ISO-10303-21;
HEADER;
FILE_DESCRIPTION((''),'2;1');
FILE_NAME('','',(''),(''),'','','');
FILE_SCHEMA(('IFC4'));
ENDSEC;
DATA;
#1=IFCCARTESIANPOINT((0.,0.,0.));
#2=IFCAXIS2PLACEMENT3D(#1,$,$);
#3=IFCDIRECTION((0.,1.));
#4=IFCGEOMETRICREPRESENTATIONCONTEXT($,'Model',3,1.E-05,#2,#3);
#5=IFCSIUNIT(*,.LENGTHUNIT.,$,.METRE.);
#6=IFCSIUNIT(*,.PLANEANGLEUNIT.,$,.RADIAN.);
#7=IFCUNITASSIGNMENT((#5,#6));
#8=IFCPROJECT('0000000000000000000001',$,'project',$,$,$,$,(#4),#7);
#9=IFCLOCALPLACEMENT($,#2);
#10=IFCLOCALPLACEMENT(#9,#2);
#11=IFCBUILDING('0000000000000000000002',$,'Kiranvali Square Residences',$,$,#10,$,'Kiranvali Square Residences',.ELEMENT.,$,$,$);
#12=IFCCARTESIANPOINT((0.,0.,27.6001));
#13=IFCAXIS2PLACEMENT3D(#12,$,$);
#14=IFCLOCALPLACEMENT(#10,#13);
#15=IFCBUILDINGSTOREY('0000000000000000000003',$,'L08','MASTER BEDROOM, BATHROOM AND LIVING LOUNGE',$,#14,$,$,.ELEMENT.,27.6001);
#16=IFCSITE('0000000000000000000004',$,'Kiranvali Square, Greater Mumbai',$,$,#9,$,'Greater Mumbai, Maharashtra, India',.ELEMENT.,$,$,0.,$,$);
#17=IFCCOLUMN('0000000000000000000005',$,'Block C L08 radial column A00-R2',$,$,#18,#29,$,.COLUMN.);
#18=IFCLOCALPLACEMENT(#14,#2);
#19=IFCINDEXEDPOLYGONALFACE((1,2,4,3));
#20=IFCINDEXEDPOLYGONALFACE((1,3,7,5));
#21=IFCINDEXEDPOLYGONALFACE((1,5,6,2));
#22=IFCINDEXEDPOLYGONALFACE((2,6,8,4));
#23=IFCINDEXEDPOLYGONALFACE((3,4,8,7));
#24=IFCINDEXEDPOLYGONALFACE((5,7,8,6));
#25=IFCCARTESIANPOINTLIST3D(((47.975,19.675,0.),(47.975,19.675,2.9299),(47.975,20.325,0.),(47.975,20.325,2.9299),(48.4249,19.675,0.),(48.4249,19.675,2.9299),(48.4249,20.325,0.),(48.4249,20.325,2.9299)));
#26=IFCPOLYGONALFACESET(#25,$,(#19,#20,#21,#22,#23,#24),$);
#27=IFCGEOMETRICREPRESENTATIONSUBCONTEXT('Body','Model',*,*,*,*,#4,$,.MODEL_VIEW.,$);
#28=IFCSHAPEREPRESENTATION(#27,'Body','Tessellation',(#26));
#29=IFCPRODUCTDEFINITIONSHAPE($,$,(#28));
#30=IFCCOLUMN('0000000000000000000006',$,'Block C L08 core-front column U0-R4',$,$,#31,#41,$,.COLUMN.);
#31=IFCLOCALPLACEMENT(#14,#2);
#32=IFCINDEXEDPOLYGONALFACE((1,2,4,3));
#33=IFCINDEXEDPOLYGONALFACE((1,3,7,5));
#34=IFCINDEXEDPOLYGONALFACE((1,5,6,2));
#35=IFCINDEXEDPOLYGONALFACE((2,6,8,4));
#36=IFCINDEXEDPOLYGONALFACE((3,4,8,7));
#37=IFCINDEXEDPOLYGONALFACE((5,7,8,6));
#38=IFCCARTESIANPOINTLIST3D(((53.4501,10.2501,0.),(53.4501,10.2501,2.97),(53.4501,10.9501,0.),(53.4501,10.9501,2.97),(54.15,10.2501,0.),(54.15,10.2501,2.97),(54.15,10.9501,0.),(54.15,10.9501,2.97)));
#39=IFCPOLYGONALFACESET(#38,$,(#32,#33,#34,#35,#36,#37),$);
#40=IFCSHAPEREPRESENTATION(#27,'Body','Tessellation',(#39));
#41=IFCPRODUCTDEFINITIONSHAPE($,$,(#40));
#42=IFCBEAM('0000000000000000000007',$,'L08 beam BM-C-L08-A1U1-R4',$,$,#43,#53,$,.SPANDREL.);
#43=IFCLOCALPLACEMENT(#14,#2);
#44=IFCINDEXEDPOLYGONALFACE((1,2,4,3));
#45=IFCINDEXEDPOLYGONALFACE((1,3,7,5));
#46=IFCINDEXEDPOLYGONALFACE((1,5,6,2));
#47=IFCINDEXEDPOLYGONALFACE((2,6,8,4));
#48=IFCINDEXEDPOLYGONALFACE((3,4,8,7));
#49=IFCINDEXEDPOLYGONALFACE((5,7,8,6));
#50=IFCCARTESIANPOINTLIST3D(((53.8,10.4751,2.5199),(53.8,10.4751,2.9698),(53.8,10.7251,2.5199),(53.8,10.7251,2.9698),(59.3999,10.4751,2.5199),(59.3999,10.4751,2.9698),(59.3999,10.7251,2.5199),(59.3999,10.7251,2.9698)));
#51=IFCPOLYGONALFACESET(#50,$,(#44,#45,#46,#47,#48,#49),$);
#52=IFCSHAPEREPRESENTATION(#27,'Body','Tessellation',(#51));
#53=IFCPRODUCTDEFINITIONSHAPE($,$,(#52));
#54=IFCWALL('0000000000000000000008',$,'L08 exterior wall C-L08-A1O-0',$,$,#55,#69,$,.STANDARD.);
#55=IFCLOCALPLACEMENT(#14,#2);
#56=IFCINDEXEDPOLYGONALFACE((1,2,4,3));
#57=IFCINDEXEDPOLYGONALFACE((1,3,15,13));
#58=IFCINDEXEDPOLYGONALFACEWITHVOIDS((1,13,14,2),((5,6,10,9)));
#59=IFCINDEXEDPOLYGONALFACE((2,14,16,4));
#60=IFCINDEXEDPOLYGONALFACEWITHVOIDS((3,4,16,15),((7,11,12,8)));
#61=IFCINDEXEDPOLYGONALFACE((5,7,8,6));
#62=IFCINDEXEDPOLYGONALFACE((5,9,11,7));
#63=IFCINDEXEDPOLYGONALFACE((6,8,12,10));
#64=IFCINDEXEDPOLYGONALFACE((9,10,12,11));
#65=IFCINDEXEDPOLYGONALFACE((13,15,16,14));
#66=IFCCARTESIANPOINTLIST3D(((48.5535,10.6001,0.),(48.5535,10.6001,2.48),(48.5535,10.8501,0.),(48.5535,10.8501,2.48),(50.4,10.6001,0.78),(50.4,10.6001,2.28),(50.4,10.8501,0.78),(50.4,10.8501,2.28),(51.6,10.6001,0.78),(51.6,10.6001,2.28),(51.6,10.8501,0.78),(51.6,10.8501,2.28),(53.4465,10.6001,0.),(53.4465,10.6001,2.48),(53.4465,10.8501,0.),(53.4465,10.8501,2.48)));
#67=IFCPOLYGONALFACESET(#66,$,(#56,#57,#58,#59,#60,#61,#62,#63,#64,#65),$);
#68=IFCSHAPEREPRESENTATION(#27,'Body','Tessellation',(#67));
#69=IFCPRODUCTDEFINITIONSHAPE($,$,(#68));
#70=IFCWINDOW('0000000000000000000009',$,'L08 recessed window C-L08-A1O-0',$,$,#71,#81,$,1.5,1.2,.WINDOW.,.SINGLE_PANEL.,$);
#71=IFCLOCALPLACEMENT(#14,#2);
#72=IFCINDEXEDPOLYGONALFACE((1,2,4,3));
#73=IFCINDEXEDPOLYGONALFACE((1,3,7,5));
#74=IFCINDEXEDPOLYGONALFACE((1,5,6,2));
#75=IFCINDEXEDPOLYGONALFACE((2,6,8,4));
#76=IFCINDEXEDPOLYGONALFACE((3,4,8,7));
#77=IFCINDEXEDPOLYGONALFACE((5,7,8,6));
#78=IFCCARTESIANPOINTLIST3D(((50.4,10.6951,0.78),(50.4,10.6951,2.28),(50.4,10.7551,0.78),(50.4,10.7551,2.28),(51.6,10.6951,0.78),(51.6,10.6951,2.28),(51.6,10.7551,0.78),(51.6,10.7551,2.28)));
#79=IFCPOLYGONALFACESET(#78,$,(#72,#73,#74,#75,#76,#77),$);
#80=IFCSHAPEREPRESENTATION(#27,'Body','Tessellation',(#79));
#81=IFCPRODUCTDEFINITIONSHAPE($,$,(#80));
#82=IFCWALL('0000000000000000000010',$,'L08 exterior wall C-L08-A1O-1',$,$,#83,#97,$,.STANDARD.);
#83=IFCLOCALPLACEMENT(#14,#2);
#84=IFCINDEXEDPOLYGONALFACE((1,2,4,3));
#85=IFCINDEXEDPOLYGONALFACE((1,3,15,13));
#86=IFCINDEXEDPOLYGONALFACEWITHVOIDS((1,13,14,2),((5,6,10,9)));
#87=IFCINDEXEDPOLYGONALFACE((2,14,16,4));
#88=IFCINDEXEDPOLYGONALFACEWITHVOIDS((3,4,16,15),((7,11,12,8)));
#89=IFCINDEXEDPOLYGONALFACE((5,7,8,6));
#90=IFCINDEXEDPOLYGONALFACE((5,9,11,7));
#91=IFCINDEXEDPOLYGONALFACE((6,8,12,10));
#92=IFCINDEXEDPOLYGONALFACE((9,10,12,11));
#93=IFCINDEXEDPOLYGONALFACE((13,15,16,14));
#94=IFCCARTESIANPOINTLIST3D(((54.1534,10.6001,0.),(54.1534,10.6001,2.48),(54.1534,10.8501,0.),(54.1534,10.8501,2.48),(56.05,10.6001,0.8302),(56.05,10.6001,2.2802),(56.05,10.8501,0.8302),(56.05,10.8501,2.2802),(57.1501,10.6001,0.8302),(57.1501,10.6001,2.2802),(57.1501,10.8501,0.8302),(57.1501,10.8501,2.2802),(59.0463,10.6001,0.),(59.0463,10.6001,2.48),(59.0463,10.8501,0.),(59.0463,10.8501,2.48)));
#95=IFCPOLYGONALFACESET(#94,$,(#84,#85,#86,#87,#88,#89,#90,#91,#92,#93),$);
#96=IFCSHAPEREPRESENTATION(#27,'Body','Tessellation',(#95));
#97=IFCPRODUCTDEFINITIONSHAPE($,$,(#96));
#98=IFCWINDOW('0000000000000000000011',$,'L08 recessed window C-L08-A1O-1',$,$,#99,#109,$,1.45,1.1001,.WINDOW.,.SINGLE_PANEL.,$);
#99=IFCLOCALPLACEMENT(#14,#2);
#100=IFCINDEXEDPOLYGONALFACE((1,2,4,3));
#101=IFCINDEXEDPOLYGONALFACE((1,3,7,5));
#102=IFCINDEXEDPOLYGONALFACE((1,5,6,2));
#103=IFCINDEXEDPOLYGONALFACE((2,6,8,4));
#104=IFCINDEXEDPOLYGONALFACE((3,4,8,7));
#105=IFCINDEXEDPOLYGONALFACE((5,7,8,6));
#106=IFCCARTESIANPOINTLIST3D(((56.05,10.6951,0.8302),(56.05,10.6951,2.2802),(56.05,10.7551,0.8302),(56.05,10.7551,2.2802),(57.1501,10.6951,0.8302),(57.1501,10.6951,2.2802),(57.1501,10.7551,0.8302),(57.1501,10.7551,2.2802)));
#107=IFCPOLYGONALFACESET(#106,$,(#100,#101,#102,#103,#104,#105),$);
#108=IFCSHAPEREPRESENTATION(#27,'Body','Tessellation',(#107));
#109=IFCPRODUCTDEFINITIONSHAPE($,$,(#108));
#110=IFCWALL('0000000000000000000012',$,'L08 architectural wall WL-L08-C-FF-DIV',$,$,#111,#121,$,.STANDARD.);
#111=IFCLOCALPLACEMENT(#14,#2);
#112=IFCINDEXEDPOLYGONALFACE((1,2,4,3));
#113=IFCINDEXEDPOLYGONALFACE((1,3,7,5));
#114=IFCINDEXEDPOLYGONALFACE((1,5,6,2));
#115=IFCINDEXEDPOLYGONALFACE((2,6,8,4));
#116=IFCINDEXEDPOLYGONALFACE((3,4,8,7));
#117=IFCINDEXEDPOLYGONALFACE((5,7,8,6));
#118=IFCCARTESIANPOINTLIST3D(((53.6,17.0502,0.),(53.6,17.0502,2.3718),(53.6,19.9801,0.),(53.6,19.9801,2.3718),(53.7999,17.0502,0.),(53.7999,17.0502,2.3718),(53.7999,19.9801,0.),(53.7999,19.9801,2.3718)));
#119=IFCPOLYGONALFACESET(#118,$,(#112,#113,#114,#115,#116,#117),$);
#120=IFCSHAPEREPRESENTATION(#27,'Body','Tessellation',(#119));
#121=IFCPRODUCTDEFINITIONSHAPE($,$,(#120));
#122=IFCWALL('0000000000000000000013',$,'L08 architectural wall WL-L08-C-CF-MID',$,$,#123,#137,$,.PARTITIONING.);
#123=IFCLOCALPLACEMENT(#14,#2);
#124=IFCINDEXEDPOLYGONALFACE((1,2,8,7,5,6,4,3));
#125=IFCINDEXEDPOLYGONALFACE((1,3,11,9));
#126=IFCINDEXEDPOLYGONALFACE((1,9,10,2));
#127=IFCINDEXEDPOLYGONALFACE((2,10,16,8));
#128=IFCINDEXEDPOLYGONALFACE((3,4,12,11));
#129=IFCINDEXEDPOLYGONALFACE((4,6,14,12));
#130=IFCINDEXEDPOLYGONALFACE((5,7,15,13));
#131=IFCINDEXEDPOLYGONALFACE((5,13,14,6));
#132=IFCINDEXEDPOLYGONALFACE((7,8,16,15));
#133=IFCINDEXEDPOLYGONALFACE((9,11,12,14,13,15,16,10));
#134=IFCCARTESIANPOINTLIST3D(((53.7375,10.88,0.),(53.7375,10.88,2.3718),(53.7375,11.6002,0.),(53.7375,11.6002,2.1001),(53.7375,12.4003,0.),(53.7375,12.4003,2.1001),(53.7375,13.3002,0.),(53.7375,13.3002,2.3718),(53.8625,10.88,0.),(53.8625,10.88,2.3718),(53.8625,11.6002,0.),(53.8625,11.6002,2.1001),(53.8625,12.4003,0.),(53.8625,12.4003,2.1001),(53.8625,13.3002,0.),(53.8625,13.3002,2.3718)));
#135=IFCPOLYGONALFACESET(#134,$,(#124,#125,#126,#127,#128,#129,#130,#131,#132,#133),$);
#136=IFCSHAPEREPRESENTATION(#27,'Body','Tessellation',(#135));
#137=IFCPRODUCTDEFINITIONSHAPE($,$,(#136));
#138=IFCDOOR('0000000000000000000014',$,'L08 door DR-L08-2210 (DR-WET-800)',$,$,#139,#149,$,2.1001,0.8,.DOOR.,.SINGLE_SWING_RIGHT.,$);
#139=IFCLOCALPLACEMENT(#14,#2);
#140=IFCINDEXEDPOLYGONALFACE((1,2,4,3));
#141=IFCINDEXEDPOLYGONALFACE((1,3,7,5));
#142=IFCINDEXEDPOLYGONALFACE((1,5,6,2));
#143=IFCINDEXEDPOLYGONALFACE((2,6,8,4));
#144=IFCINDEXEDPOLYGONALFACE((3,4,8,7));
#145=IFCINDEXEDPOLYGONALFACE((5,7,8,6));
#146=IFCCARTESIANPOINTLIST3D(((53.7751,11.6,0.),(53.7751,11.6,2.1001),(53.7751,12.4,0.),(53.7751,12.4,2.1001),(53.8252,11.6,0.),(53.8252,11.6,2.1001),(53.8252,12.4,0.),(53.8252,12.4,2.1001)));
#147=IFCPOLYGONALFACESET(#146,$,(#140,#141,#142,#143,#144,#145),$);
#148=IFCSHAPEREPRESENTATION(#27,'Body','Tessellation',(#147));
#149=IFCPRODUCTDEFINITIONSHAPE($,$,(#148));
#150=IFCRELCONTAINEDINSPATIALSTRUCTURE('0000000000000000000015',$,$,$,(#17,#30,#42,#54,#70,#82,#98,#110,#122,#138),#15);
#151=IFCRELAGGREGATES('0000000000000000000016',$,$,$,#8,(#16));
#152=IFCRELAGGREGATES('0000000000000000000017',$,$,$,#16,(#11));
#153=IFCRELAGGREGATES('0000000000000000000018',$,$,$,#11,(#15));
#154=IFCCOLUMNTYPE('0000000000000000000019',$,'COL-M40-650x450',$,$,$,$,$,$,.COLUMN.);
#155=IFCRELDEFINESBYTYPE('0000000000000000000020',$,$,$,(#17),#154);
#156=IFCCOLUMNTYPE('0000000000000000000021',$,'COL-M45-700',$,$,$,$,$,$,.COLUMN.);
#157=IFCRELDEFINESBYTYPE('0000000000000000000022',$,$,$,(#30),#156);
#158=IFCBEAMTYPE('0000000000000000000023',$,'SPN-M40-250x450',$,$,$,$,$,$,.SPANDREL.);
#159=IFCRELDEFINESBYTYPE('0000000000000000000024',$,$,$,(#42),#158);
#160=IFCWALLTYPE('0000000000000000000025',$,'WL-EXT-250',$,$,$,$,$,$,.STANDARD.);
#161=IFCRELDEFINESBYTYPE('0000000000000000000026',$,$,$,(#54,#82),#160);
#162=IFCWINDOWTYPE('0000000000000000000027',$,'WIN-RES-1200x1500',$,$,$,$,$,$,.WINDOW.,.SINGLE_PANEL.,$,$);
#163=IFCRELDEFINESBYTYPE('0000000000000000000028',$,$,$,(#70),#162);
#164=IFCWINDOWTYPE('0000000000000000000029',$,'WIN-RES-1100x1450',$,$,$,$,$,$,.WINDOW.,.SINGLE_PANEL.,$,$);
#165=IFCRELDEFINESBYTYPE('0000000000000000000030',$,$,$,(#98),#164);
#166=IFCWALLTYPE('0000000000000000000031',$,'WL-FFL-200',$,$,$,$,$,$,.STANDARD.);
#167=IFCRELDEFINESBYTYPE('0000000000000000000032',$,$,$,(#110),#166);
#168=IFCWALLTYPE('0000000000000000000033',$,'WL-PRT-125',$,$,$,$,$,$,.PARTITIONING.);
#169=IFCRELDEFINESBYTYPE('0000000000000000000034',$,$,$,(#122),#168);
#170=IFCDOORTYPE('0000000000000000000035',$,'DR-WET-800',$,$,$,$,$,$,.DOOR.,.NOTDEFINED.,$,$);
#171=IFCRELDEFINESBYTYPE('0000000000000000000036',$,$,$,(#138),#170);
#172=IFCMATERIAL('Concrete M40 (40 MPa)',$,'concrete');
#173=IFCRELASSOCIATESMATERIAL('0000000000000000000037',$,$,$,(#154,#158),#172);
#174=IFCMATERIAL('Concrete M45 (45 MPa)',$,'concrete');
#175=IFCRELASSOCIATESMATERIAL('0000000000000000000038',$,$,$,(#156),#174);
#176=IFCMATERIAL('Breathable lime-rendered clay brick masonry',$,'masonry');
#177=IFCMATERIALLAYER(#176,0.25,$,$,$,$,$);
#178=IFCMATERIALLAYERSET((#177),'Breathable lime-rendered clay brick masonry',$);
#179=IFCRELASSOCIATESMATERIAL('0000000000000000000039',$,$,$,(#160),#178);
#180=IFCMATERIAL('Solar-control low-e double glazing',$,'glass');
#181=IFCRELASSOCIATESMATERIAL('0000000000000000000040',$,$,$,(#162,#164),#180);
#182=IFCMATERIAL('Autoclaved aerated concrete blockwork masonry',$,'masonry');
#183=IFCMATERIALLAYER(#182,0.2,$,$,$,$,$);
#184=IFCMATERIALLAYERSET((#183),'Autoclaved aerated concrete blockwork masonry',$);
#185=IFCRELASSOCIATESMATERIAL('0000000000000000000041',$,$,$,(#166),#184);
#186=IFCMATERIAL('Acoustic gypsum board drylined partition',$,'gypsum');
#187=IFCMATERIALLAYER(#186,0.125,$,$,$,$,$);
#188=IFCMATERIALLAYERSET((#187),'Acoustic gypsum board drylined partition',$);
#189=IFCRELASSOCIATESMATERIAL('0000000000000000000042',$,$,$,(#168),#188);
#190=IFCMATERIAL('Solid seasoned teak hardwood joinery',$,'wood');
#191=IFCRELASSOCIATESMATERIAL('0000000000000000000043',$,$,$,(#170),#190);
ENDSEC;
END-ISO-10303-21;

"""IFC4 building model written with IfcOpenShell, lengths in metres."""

from ifc_helpers import new_model, si_unit, direction, frame, frame_2d, origin, origin_2d, place, context, subcontext, project, spatial, rectangle, extrude, material, layer, layer_set, material_profile, profile_set, type_object, element, fill, save


model = new_model("IFC4")

# Units and contexts
model_context = context("Model", 3, precision=1e-05, world=origin(), true_north=direction((0.0, 1.0)))
body_context = subcontext(model_context, "Body", "Model", "MODEL_VIEW")
ifc_project = project(units=[si_unit("LENGTHUNIT", "METRE"), si_unit("PLANEANGLEUNIT", "RADIAN")], contexts=[model_context])

# Site, building, storey
site_placement = place(None, origin())
site = spatial("IfcSite", under=ifc_project, at=site_placement, Name="Kiranvali Square, Greater Mumbai", LongName="Greater Mumbai, Maharashtra, India", CompositionType="ELEMENT", RefElevation=0.0)
building_placement = place(site_placement, origin())
building = spatial("IfcBuilding", under=site, at=building_placement, Name="Kiranvali Square Residences", LongName="Kiranvali Square Residences", CompositionType="ELEMENT")
storey_placement = place(building_placement, frame((0.0, 0.0, 27.6001)))
storey = spatial("IfcBuildingStorey", under=building, at=storey_placement, Name="L08", Description="MASTER BEDROOM, BATHROOM AND LIVING LOUNGE", CompositionType="ELEMENT", Elevation=27.6001)

# Columns
ifc_material_1 = material(Name="Concrete M40 (40 MPa)", Category="concrete")
ifc_material_profile_1 = material_profile(ifc_material_1, rectangle(XDim=0.45, YDim=0.6499, at=origin_2d()), Name="RC 650x450")
ifc_profile_set_1 = profile_set([ifc_material_profile_1], Name="Concrete M40 (40 MPa)")
column_type_1 = type_object("IfcColumnType", Name="COL-M40-650x450", PredefinedType="COLUMN", material=ifc_profile_set_1)
column_1_placement = place(storey_placement, frame((48.2, 20.0, 0.0), z_axis=(0.0, 0.0, 1.0), x_axis=(1.0, 0.0, 0.0)))
element("IfcColumn", 1, at=column_1_placement, inside=storey, type_object=column_type_1, Name="Block C L08 radial column A00-R2", PredefinedType="COLUMN", context=body_context, shape_type="SweptSolid", body=[
    extrude(rectangle(XDim=0.45, YDim=0.6499, at=origin_2d()), origin(), (0.0, 0.0, 1.0), 2.9299),
])
ifc_material_2 = material(Name="Concrete M45 (45 MPa)", Category="concrete")
ifc_material_profile_2 = material_profile(ifc_material_2, rectangle(XDim=0.7, YDim=0.7, at=origin_2d()), Name="RC 700x700")
ifc_profile_set_2 = profile_set([ifc_material_profile_2], Name="Concrete M45 (45 MPa)")
column_type_2 = type_object("IfcColumnType", Name="COL-M45-700", PredefinedType="COLUMN", material=ifc_profile_set_2)
column_2_placement = place(storey_placement, frame((53.8, 10.6001, 0.0), z_axis=(0.0, 0.0, 1.0), x_axis=(1.0, 0.0, 0.0)))
element("IfcColumn", 2, at=column_2_placement, inside=storey, type_object=column_type_2, Name="Block C L08 core-front column U0-R4", PredefinedType="COLUMN", context=body_context, shape_type="SweptSolid", body=[
    extrude(rectangle(XDim=0.7, YDim=0.7, at=origin_2d()), origin(), (0.0, 0.0, 1.0), 2.97),
])

# Beam
ifc_material_profile_3 = material_profile(ifc_material_1, rectangle(XDim=0.25, YDim=0.45, at=origin_2d()), Name="RC 250x450")
ifc_profile_set_3 = profile_set([ifc_material_profile_3], Name="Concrete M40 (40 MPa)")
beam_type = type_object("IfcBeamType", Name="SPN-M40-250x450", PredefinedType="SPANDREL", material=ifc_profile_set_3)
beam_placement = place(storey_placement, frame((53.8, 10.6001, 2.7449), z_axis=(1.0, 0.0, 0.0), x_axis=(0.0, 1.0, 0.0)))
element("IfcBeam", 3, at=beam_placement, inside=storey, type_object=beam_type, Name="L08 beam BM-C-L08-A1U1-R4", PredefinedType="SPANDREL", context=body_context, shape_type="SweptSolid", body=[
    extrude(rectangle(XDim=0.25, YDim=0.45, at=origin_2d()), origin(), (0.0, 0.0, 1.0), 5.5999),
])

# Walls, openings, windows
ifc_material_3 = material(Name="Breathable lime-rendered clay brick masonry", Category="masonry")
ifc_layer_1 = layer(ifc_material_3, 0.25)
ifc_layer_set_1 = layer_set([ifc_layer_1], Name="Breathable lime-rendered clay brick masonry")
wall_type_1 = type_object("IfcWallType", Name="WL-EXT-250", PredefinedType="STANDARD", material=ifc_layer_set_1)
wall_1_placement = place(storey_placement, frame((48.5535, 10.7251, 0.0), z_axis=(0.0, 0.0, 1.0), x_axis=(1.0, 0.0, 0.0)))
wall_1 = element("IfcWall", 4, at=wall_1_placement, inside=storey, type_object=wall_type_1, Name="L08 exterior wall C-L08-A1O-0", PredefinedType="STANDARD", context=body_context, shape_type="SweptSolid", body=[
    extrude(rectangle(XDim=4.8931, YDim=0.25, at=frame_2d((2.4465, 0.0))), origin(), (0.0, 0.0, 1.0), 2.48),
])
opening_1_placement = place(wall_1_placement, frame((1.8464, 0.0, 0.78)))
opening_1 = element("IfcOpeningElement", 5, at=opening_1_placement, cuts=wall_1, PredefinedType="OPENING", context=body_context, shape_type="SweptSolid", body=[
    extrude(rectangle(XDim=1.2, YDim=1.5, at=frame_2d((0.6001, 0.75))), frame((0.0, 0.135, 0.0), z_axis=(0.0, -1.0, 0.0), x_axis=(1.0, 0.0, 0.0)), (0.0, 0.0, 1.0), 0.27),
])
ifc_material_4 = material(Name="Solar-control low-e double glazing", Category="glass")
window_type_1 = type_object("IfcWindowType", Name="WIN-RES-1200x1500", PartitioningType="SINGLE_PANEL", PredefinedType="WINDOW", material=ifc_material_4)
window_1_placement = place(opening_1_placement, origin())
window_1 = element("IfcWindow", 6, at=window_1_placement, inside=storey, type_object=window_type_1, Name="L08 recessed window C-L08-A1O-0", OverallHeight=1.5, OverallWidth=1.2, PartitioningType="SINGLE_PANEL", PredefinedType="WINDOW", context=body_context, shape_type="SweptSolid", body=[
    extrude(rectangle(XDim=1.2, YDim=1.5, at=frame_2d((0.6001, 0.75))), frame((0.0, 0.03, 0.0), z_axis=(0.0, -1.0, 0.0), x_axis=(1.0, 0.0, 0.0)), (0.0, 0.0, 1.0), 0.0601),
])
fill(opening_1, window_1)
wall_2_placement = place(storey_placement, frame((54.1536, 10.7251, 0.0), z_axis=(0.0, 0.0, 1.0), x_axis=(1.0, 0.0, 0.0)))
wall_2 = element("IfcWall", 7, at=wall_2_placement, inside=storey, type_object=wall_type_1, Name="L08 exterior wall C-L08-A1O-1", PredefinedType="STANDARD", context=body_context, shape_type="SweptSolid", body=[
    extrude(rectangle(XDim=4.8928, YDim=0.25, at=frame_2d((2.4463, 0.0))), origin(), (0.0, 0.0, 1.0), 2.48),
])
opening_2_placement = place(wall_2_placement, frame((1.8965, 0.0, 0.8301)))
opening_2 = element("IfcOpeningElement", 8, at=opening_2_placement, cuts=wall_2, PredefinedType="OPENING", context=body_context, shape_type="SweptSolid", body=[
    extrude(rectangle(XDim=1.1001, YDim=1.45, at=frame_2d((0.55, 0.7251))), frame((0.0, 0.135, 0.0), z_axis=(0.0, -1.0, 0.0), x_axis=(1.0, 0.0, 0.0)), (0.0, 0.0, 1.0), 0.27),
])
window_type_2 = type_object("IfcWindowType", Name="WIN-RES-1100x1450", PartitioningType="SINGLE_PANEL", PredefinedType="WINDOW", material=ifc_material_4)
window_2_placement = place(opening_2_placement, origin())
window_2 = element("IfcWindow", 9, at=window_2_placement, inside=storey, type_object=window_type_2, Name="L08 recessed window C-L08-A1O-1", OverallHeight=1.45, OverallWidth=1.1001, PartitioningType="SINGLE_PANEL", PredefinedType="WINDOW", context=body_context, shape_type="SweptSolid", body=[
    extrude(rectangle(XDim=1.1001, YDim=1.45, at=frame_2d((0.55, 0.7251))), frame((0.0, 0.03, 0.0), z_axis=(0.0, -1.0, 0.0), x_axis=(1.0, 0.0, 0.0)), (0.0, 0.0, 1.0), 0.0601),
])
fill(opening_2, window_2)

# Shared definitions
ifc_material_5 = material(Name="Autoclaved aerated concrete blockwork masonry", Category="masonry")
ifc_layer_2 = layer(ifc_material_5, 0.2)
ifc_layer_set_2 = layer_set([ifc_layer_2], Name="Autoclaved aerated concrete blockwork masonry")
wall_type_2 = type_object("IfcWallType", Name="WL-FFL-200", PredefinedType="STANDARD", material=ifc_layer_set_2)

# Wall
wall_3_placement = place(storey_placement, frame((53.7, 19.98, 0.0), z_axis=(0.0, 0.0, 1.0), x_axis=(0.0, -1.0, 0.0)))
element("IfcWall", 10, at=wall_3_placement, inside=storey, type_object=wall_type_2, Name="L08 architectural wall WL-L08-C-FF-DIV", PredefinedType="STANDARD", context=body_context, shape_type="SweptSolid", body=[
    extrude(rectangle(XDim=2.9299, YDim=0.2, at=frame_2d((1.4648, 0.0))), origin(), (0.0, 0.0, 1.0), 2.3718),
])

# Wall, opening, door
ifc_material_6 = material(Name="Acoustic gypsum board drylined partition", Category="gypsum")
ifc_layer_3 = layer(ifc_material_6, 0.125)
ifc_layer_set_3 = layer_set([ifc_layer_3], Name="Acoustic gypsum board drylined partition")
wall_type_3 = type_object("IfcWallType", Name="WL-PRT-125", PredefinedType="PARTITIONING", material=ifc_layer_set_3)
wall_4_placement = place(storey_placement, frame((53.8, 13.3, 0.0), z_axis=(0.0, 0.0, 1.0), x_axis=(0.0, -1.0, 0.0)))
wall_4 = element("IfcWall", 11, at=wall_4_placement, inside=storey, type_object=wall_type_3, Name="L08 architectural wall WL-L08-C-CF-MID", PredefinedType="PARTITIONING", context=body_context, shape_type="SweptSolid", body=[
    extrude(rectangle(XDim=2.4202, YDim=0.125, at=frame_2d((1.21, 0.0))), origin(), (0.0, 0.0, 1.0), 2.3718),
])
opening_3_placement = place(wall_4_placement, frame((0.8999, 0.0, 0.0)))
opening_3 = element("IfcOpeningElement", 12, at=opening_3_placement, cuts=wall_4, PredefinedType="OPENING", context=body_context, shape_type="SweptSolid", body=[
    extrude(rectangle(XDim=0.8, YDim=2.1001, at=frame_2d((0.3999, 1.05))), frame((0.0, 0.0725, 0.0), z_axis=(0.0, -1.0, 0.0), x_axis=(1.0, 0.0, 0.0)), (0.0, 0.0, 1.0), 0.145),
])
ifc_material_7 = material(Name="Solid seasoned teak hardwood joinery", Category="wood")
door_type_1 = type_object("IfcDoorType", Name="DR-WET-800", OperationType="NOTDEFINED", PredefinedType="DOOR", material=ifc_material_7)
door_1_placement = place(opening_3_placement, frame((0.8, 0.0, 0.0), z_axis=(0.0, 0.0, 1.0), x_axis=(-1.0, 0.0, 0.0)))
door_1 = element("IfcDoor", 13, at=door_1_placement, inside=storey, type_object=door_type_1, Name="L08 door DR-L08-2210 (DR-WET-800)", OperationType="SINGLE_SWING_RIGHT", OverallHeight=2.1001, OverallWidth=0.8, PredefinedType="DOOR", context=body_context, shape_type="SweptSolid", body=[
    extrude(rectangle(XDim=0.8, YDim=2.1001, at=frame_2d((0.3999, 1.05))), frame((0.0, 0.0249, 0.0), z_axis=(0.0, -1.0, 0.0), x_axis=(1.0, 0.0, 0.0)), (0.0, 0.0, 1.0), 0.05),
])
fill(opening_3, door_1)

save(model, "model.ifc")
